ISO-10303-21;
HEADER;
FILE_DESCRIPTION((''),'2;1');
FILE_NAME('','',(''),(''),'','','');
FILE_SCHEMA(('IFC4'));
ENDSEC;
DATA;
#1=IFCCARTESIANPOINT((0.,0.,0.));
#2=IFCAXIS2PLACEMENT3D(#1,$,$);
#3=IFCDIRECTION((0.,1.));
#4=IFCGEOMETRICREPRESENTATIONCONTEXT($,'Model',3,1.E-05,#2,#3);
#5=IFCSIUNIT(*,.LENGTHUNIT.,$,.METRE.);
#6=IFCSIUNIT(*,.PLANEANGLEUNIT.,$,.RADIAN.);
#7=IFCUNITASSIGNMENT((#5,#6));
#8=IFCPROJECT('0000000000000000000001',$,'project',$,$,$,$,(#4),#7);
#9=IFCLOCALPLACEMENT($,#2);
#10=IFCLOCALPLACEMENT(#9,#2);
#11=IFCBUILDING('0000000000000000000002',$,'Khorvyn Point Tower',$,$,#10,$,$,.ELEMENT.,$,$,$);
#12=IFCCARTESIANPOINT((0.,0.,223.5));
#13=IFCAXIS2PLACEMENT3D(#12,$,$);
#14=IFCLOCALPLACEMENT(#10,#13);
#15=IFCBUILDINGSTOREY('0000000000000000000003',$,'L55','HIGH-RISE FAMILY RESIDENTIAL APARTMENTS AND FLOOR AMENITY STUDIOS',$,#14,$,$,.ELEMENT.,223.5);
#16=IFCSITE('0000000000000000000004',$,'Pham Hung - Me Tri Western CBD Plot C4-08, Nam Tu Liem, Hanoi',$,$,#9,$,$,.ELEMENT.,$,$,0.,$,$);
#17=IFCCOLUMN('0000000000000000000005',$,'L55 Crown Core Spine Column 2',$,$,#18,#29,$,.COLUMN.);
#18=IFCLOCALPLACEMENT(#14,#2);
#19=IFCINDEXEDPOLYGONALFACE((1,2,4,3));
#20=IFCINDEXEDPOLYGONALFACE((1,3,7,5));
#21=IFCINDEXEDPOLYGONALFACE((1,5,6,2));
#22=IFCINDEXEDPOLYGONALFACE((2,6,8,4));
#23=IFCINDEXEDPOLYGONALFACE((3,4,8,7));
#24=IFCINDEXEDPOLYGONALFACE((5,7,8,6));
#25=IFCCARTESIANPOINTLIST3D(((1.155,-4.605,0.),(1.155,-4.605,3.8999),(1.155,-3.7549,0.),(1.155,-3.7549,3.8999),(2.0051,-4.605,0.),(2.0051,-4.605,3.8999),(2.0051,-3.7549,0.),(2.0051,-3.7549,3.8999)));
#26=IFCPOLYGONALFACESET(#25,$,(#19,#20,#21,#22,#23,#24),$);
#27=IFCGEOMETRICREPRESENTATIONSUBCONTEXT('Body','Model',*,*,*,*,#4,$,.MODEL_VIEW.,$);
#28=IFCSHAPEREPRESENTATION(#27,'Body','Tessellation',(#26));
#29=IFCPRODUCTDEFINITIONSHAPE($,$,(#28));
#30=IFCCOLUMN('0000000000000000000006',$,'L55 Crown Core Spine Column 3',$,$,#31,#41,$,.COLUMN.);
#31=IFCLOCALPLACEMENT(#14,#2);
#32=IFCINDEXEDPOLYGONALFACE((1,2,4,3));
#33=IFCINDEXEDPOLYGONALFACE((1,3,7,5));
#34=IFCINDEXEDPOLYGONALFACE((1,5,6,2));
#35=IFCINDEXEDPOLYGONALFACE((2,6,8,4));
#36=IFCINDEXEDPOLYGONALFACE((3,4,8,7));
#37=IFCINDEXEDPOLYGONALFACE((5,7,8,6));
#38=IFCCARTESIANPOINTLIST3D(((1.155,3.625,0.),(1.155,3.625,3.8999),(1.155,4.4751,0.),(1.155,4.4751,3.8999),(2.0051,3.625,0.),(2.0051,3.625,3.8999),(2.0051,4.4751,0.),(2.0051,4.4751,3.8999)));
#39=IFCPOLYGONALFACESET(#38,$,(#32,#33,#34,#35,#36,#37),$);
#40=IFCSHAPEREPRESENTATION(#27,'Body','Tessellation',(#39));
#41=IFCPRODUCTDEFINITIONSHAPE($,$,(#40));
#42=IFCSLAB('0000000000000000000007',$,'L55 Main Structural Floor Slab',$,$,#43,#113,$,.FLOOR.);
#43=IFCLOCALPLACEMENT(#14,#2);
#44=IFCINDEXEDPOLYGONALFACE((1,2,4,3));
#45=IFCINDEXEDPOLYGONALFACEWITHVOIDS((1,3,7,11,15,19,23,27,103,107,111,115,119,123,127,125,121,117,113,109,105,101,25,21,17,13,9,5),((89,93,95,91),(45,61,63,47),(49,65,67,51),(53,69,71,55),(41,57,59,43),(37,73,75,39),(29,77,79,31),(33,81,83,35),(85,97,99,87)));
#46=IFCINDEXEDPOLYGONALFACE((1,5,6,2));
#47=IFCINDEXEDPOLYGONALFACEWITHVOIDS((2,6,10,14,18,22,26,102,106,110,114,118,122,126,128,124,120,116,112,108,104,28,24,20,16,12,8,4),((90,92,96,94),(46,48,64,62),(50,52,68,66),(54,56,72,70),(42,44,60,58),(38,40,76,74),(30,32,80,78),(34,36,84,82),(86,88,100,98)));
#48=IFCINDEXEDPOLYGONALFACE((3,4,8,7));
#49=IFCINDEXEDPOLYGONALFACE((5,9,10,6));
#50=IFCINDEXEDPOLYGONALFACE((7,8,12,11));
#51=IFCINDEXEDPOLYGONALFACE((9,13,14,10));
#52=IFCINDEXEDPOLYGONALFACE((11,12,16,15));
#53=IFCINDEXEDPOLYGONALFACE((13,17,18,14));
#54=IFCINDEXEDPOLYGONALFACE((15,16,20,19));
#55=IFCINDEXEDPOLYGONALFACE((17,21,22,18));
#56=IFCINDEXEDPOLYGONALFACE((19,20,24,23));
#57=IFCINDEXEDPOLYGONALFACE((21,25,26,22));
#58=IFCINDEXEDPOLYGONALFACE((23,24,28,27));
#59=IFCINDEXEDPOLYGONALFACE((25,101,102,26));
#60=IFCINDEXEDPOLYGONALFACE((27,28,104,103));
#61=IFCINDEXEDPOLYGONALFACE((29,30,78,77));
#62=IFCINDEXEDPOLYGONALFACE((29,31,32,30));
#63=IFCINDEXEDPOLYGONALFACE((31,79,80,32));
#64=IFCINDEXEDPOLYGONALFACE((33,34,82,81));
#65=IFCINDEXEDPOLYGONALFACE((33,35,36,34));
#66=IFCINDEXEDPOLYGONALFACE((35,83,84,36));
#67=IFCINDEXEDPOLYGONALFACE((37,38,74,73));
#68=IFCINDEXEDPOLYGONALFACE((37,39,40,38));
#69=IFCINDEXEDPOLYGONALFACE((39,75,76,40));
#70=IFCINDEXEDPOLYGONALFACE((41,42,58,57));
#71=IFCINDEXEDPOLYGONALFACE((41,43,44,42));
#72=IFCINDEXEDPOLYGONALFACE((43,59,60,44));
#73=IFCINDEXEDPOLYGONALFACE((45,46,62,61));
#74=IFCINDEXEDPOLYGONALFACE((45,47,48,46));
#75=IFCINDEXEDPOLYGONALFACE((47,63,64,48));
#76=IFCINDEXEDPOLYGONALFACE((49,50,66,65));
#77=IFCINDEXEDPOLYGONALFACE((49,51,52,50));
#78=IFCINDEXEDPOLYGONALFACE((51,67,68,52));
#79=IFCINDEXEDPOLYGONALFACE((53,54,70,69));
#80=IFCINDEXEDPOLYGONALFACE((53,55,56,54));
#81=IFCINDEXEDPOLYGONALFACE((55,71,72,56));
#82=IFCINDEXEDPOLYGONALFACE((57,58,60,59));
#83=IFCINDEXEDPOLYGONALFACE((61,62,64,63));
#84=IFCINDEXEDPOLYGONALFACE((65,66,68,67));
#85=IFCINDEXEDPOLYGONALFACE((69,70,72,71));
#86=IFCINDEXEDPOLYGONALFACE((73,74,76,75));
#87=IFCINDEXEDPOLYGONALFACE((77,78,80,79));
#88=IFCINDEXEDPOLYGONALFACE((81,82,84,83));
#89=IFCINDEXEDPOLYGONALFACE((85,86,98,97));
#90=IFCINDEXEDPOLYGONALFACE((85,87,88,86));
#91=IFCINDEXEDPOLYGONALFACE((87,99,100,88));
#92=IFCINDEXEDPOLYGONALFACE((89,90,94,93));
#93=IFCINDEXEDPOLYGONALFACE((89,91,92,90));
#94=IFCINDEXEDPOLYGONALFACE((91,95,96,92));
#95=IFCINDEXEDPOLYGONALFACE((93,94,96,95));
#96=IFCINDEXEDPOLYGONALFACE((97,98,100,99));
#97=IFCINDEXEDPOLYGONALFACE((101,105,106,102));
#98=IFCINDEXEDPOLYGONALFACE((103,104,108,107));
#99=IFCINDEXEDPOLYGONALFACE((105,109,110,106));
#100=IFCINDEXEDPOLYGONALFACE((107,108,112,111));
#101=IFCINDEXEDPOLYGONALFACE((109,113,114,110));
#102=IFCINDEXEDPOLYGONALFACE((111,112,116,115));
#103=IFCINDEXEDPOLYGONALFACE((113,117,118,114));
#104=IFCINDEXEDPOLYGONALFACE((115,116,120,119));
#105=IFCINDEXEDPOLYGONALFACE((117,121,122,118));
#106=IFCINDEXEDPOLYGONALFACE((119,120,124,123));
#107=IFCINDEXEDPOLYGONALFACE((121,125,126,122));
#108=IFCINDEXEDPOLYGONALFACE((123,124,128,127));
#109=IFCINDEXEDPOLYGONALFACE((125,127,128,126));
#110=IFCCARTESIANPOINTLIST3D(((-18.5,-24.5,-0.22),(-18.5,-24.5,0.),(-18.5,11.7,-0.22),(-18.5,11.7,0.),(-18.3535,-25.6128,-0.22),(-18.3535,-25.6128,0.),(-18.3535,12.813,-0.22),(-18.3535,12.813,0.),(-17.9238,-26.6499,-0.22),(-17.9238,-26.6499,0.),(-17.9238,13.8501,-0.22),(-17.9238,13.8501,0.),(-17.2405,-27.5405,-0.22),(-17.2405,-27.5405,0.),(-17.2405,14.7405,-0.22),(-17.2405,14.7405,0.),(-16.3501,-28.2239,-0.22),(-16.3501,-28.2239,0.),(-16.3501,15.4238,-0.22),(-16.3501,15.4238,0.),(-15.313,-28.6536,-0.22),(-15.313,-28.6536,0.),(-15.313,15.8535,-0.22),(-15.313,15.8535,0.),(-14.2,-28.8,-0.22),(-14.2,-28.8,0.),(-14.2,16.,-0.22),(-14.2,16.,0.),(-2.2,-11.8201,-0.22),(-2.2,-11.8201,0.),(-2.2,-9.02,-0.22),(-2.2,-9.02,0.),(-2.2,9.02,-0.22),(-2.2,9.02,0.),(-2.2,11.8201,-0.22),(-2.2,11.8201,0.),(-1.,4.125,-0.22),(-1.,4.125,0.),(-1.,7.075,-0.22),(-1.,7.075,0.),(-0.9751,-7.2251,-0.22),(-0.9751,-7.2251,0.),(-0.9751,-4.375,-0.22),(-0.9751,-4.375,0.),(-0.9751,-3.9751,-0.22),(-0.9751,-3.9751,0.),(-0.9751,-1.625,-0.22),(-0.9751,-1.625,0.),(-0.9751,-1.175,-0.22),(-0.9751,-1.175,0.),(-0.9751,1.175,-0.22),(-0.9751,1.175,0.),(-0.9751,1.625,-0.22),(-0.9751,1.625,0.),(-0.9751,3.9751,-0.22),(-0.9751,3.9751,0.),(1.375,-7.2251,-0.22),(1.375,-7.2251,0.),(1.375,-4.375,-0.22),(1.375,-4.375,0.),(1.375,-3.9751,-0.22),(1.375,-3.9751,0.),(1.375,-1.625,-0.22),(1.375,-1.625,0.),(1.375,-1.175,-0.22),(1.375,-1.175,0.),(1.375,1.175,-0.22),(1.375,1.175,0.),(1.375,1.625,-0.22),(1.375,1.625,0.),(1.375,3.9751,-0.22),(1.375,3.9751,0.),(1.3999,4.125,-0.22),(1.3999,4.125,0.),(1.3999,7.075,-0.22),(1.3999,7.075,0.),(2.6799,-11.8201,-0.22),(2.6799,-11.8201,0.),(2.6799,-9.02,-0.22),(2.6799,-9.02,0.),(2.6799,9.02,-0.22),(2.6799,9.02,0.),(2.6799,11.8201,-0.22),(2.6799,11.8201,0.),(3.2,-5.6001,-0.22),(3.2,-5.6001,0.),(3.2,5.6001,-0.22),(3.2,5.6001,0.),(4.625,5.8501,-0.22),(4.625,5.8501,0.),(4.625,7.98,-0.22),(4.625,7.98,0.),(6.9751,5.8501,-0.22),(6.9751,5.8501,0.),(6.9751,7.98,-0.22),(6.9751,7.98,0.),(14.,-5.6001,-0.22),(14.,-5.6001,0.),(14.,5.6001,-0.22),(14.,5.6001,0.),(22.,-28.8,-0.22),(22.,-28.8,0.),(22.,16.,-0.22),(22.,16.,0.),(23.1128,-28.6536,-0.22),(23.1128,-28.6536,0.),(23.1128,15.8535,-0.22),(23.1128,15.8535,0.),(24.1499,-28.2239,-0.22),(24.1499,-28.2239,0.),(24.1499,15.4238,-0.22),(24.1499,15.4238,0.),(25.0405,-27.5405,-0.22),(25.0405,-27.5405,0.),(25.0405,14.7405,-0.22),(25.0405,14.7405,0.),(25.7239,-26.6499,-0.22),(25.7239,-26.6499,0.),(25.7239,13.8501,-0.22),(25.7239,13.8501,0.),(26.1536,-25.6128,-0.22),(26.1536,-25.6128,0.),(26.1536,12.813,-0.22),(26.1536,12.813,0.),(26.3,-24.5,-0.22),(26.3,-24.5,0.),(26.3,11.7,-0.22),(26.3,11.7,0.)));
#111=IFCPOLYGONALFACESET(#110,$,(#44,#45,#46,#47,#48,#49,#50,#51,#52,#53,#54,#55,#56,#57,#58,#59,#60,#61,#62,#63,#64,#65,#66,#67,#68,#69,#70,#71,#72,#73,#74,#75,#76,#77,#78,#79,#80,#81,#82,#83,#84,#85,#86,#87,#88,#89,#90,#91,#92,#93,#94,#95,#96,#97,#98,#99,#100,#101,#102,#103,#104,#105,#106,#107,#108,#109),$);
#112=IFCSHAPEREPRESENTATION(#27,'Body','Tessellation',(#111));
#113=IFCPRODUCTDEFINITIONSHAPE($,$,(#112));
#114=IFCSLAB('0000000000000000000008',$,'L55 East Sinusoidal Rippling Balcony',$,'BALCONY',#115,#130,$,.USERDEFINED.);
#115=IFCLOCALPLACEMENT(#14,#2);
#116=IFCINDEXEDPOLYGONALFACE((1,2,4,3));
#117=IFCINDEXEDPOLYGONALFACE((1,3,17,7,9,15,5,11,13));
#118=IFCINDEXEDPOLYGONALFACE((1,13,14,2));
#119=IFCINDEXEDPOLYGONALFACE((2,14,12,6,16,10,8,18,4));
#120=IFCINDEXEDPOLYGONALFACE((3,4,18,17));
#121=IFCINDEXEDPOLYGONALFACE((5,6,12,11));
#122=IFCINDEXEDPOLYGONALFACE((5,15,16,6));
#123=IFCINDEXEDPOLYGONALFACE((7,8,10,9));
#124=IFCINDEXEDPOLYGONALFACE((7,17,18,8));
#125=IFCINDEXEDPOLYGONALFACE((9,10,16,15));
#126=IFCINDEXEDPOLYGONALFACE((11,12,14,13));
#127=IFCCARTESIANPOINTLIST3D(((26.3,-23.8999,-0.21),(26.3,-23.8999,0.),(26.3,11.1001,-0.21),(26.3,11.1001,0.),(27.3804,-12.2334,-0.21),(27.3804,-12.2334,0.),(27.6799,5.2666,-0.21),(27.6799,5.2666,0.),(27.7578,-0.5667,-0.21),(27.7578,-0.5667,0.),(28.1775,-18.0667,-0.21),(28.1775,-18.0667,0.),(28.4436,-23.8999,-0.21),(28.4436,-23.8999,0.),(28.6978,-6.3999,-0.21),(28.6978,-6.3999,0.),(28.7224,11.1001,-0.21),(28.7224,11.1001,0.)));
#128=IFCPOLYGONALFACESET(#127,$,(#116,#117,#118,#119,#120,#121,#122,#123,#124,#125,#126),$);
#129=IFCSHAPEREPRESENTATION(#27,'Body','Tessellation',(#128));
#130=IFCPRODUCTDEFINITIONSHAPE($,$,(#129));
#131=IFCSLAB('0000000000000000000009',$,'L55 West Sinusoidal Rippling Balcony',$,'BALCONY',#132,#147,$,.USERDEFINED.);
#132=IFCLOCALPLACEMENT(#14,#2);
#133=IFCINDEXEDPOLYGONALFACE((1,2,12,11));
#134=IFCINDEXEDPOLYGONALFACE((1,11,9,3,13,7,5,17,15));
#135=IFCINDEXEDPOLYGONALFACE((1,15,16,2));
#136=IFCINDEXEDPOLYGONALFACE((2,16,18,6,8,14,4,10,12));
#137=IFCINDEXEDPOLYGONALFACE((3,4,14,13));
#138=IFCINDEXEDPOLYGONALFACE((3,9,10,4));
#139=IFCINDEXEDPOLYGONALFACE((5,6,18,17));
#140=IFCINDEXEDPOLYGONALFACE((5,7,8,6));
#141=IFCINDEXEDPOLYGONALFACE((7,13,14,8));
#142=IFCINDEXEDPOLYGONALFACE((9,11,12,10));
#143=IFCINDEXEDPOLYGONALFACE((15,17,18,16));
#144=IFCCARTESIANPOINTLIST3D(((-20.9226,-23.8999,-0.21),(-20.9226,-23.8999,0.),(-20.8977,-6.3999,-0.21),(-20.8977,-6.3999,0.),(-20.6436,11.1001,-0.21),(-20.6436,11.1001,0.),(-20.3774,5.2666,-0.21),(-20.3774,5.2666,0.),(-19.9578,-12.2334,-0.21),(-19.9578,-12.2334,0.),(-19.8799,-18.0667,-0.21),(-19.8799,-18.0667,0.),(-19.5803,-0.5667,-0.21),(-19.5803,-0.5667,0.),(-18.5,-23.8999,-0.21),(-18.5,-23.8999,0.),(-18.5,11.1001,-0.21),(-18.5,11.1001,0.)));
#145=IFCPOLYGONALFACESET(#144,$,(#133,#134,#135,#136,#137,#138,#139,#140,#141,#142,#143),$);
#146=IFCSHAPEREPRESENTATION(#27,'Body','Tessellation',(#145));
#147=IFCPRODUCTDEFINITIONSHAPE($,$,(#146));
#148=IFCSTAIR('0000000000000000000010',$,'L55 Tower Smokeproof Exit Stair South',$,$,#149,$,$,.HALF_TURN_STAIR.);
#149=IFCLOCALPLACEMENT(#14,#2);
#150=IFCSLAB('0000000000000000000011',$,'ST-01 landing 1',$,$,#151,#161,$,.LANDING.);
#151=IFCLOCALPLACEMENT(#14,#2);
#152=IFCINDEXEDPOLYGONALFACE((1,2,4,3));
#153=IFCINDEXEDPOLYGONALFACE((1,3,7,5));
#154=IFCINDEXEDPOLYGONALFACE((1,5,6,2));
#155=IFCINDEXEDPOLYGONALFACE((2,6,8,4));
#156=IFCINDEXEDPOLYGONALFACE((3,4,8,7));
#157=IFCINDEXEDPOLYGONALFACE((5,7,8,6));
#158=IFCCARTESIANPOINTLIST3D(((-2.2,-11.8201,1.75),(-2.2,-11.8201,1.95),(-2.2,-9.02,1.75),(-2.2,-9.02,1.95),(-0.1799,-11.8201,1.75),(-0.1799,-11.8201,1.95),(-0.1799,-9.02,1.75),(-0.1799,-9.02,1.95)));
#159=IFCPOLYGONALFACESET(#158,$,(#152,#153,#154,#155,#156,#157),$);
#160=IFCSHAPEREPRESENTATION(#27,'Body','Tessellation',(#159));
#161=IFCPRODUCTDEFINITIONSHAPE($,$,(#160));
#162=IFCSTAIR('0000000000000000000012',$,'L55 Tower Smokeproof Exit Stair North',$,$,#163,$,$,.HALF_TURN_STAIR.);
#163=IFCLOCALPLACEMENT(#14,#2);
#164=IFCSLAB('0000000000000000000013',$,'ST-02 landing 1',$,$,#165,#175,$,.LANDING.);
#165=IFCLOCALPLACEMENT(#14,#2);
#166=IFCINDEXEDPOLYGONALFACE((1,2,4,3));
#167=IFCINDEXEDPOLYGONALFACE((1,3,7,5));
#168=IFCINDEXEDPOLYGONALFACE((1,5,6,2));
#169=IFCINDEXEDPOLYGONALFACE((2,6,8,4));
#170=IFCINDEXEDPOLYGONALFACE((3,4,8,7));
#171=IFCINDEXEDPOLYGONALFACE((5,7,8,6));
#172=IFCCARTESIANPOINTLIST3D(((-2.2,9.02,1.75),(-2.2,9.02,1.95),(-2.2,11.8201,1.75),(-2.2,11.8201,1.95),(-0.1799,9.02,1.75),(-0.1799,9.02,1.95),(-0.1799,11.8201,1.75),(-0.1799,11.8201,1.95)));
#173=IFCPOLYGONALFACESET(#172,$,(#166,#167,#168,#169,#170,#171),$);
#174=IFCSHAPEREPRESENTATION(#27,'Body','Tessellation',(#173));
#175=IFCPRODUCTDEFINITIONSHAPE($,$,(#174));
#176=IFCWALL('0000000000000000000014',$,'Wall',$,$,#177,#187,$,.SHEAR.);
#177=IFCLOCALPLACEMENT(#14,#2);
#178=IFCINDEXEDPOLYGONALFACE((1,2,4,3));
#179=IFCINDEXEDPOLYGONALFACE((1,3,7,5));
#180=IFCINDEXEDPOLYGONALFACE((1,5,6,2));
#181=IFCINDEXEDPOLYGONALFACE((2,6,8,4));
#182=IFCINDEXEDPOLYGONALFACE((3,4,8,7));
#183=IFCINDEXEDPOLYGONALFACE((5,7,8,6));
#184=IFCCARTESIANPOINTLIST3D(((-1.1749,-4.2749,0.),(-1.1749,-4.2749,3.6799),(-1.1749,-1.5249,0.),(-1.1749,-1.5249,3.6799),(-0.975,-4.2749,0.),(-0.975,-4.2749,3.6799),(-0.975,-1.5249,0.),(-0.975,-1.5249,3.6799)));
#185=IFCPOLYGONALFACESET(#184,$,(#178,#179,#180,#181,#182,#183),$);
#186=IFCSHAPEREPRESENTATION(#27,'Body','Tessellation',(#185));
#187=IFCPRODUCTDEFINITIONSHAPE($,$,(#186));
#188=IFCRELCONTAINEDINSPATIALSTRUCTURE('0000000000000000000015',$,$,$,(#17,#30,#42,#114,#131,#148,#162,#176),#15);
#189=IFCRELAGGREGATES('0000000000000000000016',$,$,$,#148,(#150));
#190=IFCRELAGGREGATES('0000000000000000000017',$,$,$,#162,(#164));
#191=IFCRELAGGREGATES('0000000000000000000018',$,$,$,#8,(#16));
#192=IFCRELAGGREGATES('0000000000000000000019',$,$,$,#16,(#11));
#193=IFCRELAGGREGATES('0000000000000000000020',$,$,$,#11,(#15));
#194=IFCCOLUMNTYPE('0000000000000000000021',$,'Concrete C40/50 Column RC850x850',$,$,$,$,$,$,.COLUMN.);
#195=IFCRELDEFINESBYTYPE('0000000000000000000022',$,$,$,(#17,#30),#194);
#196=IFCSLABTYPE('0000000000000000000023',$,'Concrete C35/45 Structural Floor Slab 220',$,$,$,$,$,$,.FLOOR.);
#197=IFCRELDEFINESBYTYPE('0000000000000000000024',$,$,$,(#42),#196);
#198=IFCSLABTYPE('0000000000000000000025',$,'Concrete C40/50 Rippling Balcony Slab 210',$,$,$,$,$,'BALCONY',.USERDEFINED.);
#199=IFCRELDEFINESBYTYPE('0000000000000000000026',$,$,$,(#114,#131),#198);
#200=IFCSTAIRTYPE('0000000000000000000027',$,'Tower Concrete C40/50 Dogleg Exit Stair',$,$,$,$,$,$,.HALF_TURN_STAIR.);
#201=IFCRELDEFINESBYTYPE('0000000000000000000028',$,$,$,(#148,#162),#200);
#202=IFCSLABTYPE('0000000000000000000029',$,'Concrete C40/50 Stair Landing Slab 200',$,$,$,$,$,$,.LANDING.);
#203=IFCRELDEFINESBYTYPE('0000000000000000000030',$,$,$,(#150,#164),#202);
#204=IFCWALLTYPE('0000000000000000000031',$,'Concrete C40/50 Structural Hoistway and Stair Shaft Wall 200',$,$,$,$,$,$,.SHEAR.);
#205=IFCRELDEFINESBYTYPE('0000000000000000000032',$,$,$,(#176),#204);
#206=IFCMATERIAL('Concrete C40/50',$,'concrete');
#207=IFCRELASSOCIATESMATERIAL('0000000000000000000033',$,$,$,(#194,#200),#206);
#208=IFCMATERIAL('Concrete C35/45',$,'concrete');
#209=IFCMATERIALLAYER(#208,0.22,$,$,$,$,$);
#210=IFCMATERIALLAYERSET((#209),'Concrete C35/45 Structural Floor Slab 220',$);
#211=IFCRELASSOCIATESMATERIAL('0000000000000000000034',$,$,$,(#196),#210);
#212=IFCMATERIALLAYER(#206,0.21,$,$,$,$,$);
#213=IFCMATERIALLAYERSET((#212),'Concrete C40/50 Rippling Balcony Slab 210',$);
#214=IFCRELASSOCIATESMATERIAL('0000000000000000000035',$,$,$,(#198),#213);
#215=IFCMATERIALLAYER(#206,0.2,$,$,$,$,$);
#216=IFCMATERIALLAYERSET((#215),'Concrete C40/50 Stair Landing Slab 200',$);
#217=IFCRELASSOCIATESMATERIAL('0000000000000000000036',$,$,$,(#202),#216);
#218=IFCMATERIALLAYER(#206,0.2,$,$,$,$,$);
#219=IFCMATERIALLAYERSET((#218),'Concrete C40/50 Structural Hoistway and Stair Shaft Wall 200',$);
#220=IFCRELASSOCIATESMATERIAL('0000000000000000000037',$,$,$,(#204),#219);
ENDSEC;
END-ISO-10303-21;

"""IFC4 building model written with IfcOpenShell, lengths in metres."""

from ifc_helpers import new_model, si_unit, direction, frame, frame_2d, origin, origin_2d, place, context, subcontext, project, spatial, polyline, rectangle, outline, extrude, material, layer, layer_set, material_profile, profile_set, type_object, element, aggregate, save


model = new_model("IFC4")

# Units and contexts
model_context = context("Model", 3, precision=1e-05, world=origin(), true_north=direction((0.0, 1.0)))
body_context = subcontext(model_context, "Body", "Model", "MODEL_VIEW")
ifc_project = project(units=[si_unit("LENGTHUNIT", "METRE"), si_unit("PLANEANGLEUNIT", "RADIAN")], contexts=[model_context])

# Site, building, storey
site_placement = place(None, origin())
site = spatial("IfcSite", under=ifc_project, at=site_placement, Name="Pham Hung - Me Tri Western CBD Plot C4-08, Nam Tu Liem, Hanoi", CompositionType="ELEMENT", RefElevation=0.0)
building_placement = place(site_placement, origin())
building = spatial("IfcBuilding", under=site, at=building_placement, Name="Khorvyn Point Tower", CompositionType="ELEMENT")
storey_placement = place(building_placement, frame((0.0, 0.0, 223.5)))
storey = spatial("IfcBuildingStorey", under=building, at=storey_placement, Name="L55", Description="HIGH-RISE FAMILY RESIDENTIAL APARTMENTS AND FLOOR AMENITY STUDIOS", CompositionType="ELEMENT", Elevation=223.5)

# Columns
ifc_material_1 = material(Name="Concrete C40/50", Category="concrete")
ifc_material_profile = material_profile(ifc_material_1, rectangle(XDim=0.8501, YDim=0.8501, at=origin_2d()))
ifc_profile_set = profile_set([ifc_material_profile], Name="Concrete C40/50 RC850x850")
column_type = type_object("IfcColumnType", Name="Concrete C40/50 Column RC850x850", PredefinedType="COLUMN", material=ifc_profile_set)
for number, where, z_axis, x_axis, name in (
    (1, (1.5801, -4.1799, 0.0), (0.0, 0.0, 1.0), (1.0, 0.0, 0.0), "L55 Crown Core Spine Column 2"),
    (2, (1.5801, 4.05, 0.0), (0.0, 0.0, 1.0), (1.0, 0.0, 0.0), "L55 Crown Core Spine Column 3"),
):
    element("IfcColumn", number, at=place(storey_placement, frame(where, z_axis=z_axis, x_axis=x_axis)), inside=storey, type_object=column_type, Name=name, PredefinedType="COLUMN", context=body_context, shape_type="SweptSolid", body=[
        extrude(rectangle(XDim=0.8501, YDim=0.8501, at=origin_2d()), origin(), (0.0, 0.0, 1.0), 3.8999),
    ])

# Slabs
ifc_material_2 = material(Name="Concrete C35/45", Category="concrete")
ifc_layer_1 = layer(ifc_material_2, 0.22)
ifc_layer_set_1 = layer_set([ifc_layer_1], Name="Concrete C35/45 Structural Floor Slab 220")
slab_type_1 = type_object("IfcSlabType", Name="Concrete C35/45 Structural Floor Slab 220", PredefinedType="FLOOR", material=ifc_layer_set_1)
slab_1_placement = place(storey_placement, frame((0.0, 0.0, -0.22)))
element("IfcSlab", 3, at=slab_1_placement, inside=storey, type_object=slab_type_1, Name="L55 Main Structural Floor Slab", PredefinedType="FLOOR", context=body_context, shape_type="SweptSolid", body=[
    extrude(outline(polyline([(-14.2, -28.8), (-15.313, -28.6536), (-16.3501, -28.2239), (-17.2405, -27.5405), (-17.9238, -26.6499), (-18.3535, -25.6128), (-18.5, -24.5), (-18.5, 11.7), (-18.3535, 12.813), (-17.9238, 13.8501), (-17.2405, 14.7405), (-16.3501, 15.4238), (-15.313, 15.8535), (-14.2, 16.0), (22.0, 16.0), (23.1128, 15.8535), (24.1499, 15.4238), (25.0405, 14.7405), (25.7239, 13.8501), (26.1536, 12.813), (26.3, 11.7), (26.3, -24.5), (26.1536, -25.6128), (25.7239, -26.6499), (25.0405, -27.5405), (24.1499, -28.2239), (23.1128, -28.6536), (22.0, -28.8), (-14.2, -28.8)]), holes=[polyline([(2.6799, -11.8201), (2.6799, -9.02), (-2.2, -9.02), (-2.2, -11.8201), (2.6799, -11.8201)]), polyline([(1.375, -7.2251), (1.375, -4.375), (-0.9751, -4.375), (-0.9751, -7.2251), (1.375, -7.2251)]), polyline([(1.375, -3.9751), (1.375, -1.625), (-0.9751, -1.625), (-0.9751, -3.9751), (1.375, -3.9751)]), polyline([(1.375, -1.175), (1.375, 1.175), (-0.9751, 1.175), (-0.9751, -1.175), (1.375, -1.175)]), polyline([(14.0, -5.6001), (14.0, 5.6001), (3.2, 5.6001), (3.2, -5.6001), (14.0, -5.6001)]), polyline([(1.375, 1.625), (1.375, 3.9751), (-0.9751, 3.9751), (-0.9751, 1.625), (1.375, 1.625)]), polyline([(1.3999, 4.125), (1.3999, 7.075), (-1.0, 7.075), (-1.0, 4.125), (1.3999, 4.125)]), polyline([(4.625, 5.8501), (6.9751, 5.8501), (6.9751, 7.98), (4.625, 7.98), (4.625, 5.8501)]), polyline([(-2.2, 9.02), (2.6799, 9.02), (2.6799, 11.8201), (-2.2, 11.8201), (-2.2, 9.02)])]), origin(), (0.0, 0.0, 1.0), 0.22),
])
ifc_layer_2 = layer(ifc_material_1, 0.21)
ifc_layer_set_2 = layer_set([ifc_layer_2], Name="Concrete C40/50 Rippling Balcony Slab 210")
slab_type_2 = type_object("IfcSlabType", Name="Concrete C40/50 Rippling Balcony Slab 210", ElementType="BALCONY", PredefinedType="USERDEFINED", material=ifc_layer_set_2)
slab_2_placement = place(storey_placement, frame((0.0, 0.0, -0.21)))
element("IfcSlab", 4, at=slab_2_placement, inside=storey, type_object=slab_type_2, Name="L55 East Sinusoidal Rippling Balcony", ObjectType="BALCONY", PredefinedType="USERDEFINED", context=body_context, shape_type="SweptSolid", body=[
    extrude(outline(polyline([(26.3, -23.8999), (28.4436, -23.8999), (28.1775, -18.0667), (27.3804, -12.2334), (28.6978, -6.3999), (27.7578, -0.5667), (27.6799, 5.2666), (28.7224, 11.1001), (26.3, 11.1001), (26.3, -23.8999)])), origin(), (0.0, 0.0, 1.0), 0.21),
])
slab_3_placement = place(storey_placement, frame((0.0, 0.0, -0.21)))
element("IfcSlab", 5, at=slab_3_placement, inside=storey, type_object=slab_type_2, Name="L55 West Sinusoidal Rippling Balcony", ObjectType="BALCONY", PredefinedType="USERDEFINED", context=body_context, shape_type="SweptSolid", body=[
    extrude(outline(polyline([(-18.5, 11.1001), (-20.6436, 11.1001), (-20.3774, 5.2666), (-19.5803, -0.5667), (-20.8977, -6.3999), (-19.9578, -12.2334), (-19.8799, -18.0667), (-20.9226, -23.8999), (-18.5, -23.8999), (-18.5, 11.1001)])), origin(), (0.0, 0.0, 1.0), 0.21),
])

# Stairs, slabs
stair_type = type_object("IfcStairType", Name="Tower Concrete C40/50 Dogleg Exit Stair", PredefinedType="HALF_TURN_STAIR", material=ifc_material_1)
stair_1_placement = place(storey_placement, origin())
stair_1 = element("IfcStair", 6, at=stair_1_placement, inside=storey, type_object=stair_type, Name="L55 Tower Smokeproof Exit Stair South", PredefinedType="HALF_TURN_STAIR")
ifc_layer_3 = layer(ifc_material_1, 0.2)
ifc_layer_set_3 = layer_set([ifc_layer_3], Name="Concrete C40/50 Stair Landing Slab 200")
slab_type_3 = type_object("IfcSlabType", Name="Concrete C40/50 Stair Landing Slab 200", PredefinedType="LANDING", material=ifc_layer_set_3)
slab_4_placement = place(storey_placement, frame((0.0, 0.0, 1.75)))
slab_4 = element("IfcSlab", 7, at=slab_4_placement, type_object=slab_type_3, Name="ST-01 landing 1", PredefinedType="LANDING", context=body_context, shape_type="SweptSolid", body=[
    extrude(outline(polyline([(-0.1799, -9.02), (-2.2, -9.02), (-2.2, -11.8201), (-0.1799, -11.8201), (-0.1799, -9.02)])), origin(), (0.0, 0.0, 1.0), 0.2),
])
aggregate(stair_1, [slab_4])
stair_2_placement = place(storey_placement, origin())
stair_2 = element("IfcStair", 8, at=stair_2_placement, inside=storey, type_object=stair_type, Name="L55 Tower Smokeproof Exit Stair North", PredefinedType="HALF_TURN_STAIR")
slab_5_placement = place(storey_placement, frame((0.0, 0.0, 1.75)))
slab_5 = element("IfcSlab", 9, at=slab_5_placement, type_object=slab_type_3, Name="ST-02 landing 1", PredefinedType="LANDING", context=body_context, shape_type="SweptSolid", body=[
    extrude(outline(polyline([(-0.1799, 11.8201), (-2.2, 11.8201), (-2.2, 9.02), (-0.1799, 9.02), (-0.1799, 11.8201)])), origin(), (0.0, 0.0, 1.0), 0.2),
])
aggregate(stair_2, [slab_5])

# Wall
ifc_layer_4 = layer(ifc_material_1, 0.2)
ifc_layer_set_4 = layer_set([ifc_layer_4], Name="Concrete C40/50 Structural Hoistway and Stair Shaft Wall 200")
wall_type = type_object("IfcWallType", Name="Concrete C40/50 Structural Hoistway and Stair Shaft Wall 200", PredefinedType="SHEAR", material=ifc_layer_set_4)
wall_1_placement = place(storey_placement, frame((-1.075, -4.2749, 0.0), z_axis=(0.0, 0.0, 1.0), x_axis=(0.0, 1.0, 0.0)))
element("IfcWall", 10, at=wall_1_placement, inside=storey, type_object=wall_type, Name="Wall", PredefinedType="SHEAR", context=body_context, shape_type="SweptSolid", body=[
    extrude(rectangle(XDim=2.75, YDim=0.2, at=frame_2d((1.375, 0.0))), origin(), (0.0, 0.0, 1.0), 3.6799),
])

save(model, "model.ifc")
